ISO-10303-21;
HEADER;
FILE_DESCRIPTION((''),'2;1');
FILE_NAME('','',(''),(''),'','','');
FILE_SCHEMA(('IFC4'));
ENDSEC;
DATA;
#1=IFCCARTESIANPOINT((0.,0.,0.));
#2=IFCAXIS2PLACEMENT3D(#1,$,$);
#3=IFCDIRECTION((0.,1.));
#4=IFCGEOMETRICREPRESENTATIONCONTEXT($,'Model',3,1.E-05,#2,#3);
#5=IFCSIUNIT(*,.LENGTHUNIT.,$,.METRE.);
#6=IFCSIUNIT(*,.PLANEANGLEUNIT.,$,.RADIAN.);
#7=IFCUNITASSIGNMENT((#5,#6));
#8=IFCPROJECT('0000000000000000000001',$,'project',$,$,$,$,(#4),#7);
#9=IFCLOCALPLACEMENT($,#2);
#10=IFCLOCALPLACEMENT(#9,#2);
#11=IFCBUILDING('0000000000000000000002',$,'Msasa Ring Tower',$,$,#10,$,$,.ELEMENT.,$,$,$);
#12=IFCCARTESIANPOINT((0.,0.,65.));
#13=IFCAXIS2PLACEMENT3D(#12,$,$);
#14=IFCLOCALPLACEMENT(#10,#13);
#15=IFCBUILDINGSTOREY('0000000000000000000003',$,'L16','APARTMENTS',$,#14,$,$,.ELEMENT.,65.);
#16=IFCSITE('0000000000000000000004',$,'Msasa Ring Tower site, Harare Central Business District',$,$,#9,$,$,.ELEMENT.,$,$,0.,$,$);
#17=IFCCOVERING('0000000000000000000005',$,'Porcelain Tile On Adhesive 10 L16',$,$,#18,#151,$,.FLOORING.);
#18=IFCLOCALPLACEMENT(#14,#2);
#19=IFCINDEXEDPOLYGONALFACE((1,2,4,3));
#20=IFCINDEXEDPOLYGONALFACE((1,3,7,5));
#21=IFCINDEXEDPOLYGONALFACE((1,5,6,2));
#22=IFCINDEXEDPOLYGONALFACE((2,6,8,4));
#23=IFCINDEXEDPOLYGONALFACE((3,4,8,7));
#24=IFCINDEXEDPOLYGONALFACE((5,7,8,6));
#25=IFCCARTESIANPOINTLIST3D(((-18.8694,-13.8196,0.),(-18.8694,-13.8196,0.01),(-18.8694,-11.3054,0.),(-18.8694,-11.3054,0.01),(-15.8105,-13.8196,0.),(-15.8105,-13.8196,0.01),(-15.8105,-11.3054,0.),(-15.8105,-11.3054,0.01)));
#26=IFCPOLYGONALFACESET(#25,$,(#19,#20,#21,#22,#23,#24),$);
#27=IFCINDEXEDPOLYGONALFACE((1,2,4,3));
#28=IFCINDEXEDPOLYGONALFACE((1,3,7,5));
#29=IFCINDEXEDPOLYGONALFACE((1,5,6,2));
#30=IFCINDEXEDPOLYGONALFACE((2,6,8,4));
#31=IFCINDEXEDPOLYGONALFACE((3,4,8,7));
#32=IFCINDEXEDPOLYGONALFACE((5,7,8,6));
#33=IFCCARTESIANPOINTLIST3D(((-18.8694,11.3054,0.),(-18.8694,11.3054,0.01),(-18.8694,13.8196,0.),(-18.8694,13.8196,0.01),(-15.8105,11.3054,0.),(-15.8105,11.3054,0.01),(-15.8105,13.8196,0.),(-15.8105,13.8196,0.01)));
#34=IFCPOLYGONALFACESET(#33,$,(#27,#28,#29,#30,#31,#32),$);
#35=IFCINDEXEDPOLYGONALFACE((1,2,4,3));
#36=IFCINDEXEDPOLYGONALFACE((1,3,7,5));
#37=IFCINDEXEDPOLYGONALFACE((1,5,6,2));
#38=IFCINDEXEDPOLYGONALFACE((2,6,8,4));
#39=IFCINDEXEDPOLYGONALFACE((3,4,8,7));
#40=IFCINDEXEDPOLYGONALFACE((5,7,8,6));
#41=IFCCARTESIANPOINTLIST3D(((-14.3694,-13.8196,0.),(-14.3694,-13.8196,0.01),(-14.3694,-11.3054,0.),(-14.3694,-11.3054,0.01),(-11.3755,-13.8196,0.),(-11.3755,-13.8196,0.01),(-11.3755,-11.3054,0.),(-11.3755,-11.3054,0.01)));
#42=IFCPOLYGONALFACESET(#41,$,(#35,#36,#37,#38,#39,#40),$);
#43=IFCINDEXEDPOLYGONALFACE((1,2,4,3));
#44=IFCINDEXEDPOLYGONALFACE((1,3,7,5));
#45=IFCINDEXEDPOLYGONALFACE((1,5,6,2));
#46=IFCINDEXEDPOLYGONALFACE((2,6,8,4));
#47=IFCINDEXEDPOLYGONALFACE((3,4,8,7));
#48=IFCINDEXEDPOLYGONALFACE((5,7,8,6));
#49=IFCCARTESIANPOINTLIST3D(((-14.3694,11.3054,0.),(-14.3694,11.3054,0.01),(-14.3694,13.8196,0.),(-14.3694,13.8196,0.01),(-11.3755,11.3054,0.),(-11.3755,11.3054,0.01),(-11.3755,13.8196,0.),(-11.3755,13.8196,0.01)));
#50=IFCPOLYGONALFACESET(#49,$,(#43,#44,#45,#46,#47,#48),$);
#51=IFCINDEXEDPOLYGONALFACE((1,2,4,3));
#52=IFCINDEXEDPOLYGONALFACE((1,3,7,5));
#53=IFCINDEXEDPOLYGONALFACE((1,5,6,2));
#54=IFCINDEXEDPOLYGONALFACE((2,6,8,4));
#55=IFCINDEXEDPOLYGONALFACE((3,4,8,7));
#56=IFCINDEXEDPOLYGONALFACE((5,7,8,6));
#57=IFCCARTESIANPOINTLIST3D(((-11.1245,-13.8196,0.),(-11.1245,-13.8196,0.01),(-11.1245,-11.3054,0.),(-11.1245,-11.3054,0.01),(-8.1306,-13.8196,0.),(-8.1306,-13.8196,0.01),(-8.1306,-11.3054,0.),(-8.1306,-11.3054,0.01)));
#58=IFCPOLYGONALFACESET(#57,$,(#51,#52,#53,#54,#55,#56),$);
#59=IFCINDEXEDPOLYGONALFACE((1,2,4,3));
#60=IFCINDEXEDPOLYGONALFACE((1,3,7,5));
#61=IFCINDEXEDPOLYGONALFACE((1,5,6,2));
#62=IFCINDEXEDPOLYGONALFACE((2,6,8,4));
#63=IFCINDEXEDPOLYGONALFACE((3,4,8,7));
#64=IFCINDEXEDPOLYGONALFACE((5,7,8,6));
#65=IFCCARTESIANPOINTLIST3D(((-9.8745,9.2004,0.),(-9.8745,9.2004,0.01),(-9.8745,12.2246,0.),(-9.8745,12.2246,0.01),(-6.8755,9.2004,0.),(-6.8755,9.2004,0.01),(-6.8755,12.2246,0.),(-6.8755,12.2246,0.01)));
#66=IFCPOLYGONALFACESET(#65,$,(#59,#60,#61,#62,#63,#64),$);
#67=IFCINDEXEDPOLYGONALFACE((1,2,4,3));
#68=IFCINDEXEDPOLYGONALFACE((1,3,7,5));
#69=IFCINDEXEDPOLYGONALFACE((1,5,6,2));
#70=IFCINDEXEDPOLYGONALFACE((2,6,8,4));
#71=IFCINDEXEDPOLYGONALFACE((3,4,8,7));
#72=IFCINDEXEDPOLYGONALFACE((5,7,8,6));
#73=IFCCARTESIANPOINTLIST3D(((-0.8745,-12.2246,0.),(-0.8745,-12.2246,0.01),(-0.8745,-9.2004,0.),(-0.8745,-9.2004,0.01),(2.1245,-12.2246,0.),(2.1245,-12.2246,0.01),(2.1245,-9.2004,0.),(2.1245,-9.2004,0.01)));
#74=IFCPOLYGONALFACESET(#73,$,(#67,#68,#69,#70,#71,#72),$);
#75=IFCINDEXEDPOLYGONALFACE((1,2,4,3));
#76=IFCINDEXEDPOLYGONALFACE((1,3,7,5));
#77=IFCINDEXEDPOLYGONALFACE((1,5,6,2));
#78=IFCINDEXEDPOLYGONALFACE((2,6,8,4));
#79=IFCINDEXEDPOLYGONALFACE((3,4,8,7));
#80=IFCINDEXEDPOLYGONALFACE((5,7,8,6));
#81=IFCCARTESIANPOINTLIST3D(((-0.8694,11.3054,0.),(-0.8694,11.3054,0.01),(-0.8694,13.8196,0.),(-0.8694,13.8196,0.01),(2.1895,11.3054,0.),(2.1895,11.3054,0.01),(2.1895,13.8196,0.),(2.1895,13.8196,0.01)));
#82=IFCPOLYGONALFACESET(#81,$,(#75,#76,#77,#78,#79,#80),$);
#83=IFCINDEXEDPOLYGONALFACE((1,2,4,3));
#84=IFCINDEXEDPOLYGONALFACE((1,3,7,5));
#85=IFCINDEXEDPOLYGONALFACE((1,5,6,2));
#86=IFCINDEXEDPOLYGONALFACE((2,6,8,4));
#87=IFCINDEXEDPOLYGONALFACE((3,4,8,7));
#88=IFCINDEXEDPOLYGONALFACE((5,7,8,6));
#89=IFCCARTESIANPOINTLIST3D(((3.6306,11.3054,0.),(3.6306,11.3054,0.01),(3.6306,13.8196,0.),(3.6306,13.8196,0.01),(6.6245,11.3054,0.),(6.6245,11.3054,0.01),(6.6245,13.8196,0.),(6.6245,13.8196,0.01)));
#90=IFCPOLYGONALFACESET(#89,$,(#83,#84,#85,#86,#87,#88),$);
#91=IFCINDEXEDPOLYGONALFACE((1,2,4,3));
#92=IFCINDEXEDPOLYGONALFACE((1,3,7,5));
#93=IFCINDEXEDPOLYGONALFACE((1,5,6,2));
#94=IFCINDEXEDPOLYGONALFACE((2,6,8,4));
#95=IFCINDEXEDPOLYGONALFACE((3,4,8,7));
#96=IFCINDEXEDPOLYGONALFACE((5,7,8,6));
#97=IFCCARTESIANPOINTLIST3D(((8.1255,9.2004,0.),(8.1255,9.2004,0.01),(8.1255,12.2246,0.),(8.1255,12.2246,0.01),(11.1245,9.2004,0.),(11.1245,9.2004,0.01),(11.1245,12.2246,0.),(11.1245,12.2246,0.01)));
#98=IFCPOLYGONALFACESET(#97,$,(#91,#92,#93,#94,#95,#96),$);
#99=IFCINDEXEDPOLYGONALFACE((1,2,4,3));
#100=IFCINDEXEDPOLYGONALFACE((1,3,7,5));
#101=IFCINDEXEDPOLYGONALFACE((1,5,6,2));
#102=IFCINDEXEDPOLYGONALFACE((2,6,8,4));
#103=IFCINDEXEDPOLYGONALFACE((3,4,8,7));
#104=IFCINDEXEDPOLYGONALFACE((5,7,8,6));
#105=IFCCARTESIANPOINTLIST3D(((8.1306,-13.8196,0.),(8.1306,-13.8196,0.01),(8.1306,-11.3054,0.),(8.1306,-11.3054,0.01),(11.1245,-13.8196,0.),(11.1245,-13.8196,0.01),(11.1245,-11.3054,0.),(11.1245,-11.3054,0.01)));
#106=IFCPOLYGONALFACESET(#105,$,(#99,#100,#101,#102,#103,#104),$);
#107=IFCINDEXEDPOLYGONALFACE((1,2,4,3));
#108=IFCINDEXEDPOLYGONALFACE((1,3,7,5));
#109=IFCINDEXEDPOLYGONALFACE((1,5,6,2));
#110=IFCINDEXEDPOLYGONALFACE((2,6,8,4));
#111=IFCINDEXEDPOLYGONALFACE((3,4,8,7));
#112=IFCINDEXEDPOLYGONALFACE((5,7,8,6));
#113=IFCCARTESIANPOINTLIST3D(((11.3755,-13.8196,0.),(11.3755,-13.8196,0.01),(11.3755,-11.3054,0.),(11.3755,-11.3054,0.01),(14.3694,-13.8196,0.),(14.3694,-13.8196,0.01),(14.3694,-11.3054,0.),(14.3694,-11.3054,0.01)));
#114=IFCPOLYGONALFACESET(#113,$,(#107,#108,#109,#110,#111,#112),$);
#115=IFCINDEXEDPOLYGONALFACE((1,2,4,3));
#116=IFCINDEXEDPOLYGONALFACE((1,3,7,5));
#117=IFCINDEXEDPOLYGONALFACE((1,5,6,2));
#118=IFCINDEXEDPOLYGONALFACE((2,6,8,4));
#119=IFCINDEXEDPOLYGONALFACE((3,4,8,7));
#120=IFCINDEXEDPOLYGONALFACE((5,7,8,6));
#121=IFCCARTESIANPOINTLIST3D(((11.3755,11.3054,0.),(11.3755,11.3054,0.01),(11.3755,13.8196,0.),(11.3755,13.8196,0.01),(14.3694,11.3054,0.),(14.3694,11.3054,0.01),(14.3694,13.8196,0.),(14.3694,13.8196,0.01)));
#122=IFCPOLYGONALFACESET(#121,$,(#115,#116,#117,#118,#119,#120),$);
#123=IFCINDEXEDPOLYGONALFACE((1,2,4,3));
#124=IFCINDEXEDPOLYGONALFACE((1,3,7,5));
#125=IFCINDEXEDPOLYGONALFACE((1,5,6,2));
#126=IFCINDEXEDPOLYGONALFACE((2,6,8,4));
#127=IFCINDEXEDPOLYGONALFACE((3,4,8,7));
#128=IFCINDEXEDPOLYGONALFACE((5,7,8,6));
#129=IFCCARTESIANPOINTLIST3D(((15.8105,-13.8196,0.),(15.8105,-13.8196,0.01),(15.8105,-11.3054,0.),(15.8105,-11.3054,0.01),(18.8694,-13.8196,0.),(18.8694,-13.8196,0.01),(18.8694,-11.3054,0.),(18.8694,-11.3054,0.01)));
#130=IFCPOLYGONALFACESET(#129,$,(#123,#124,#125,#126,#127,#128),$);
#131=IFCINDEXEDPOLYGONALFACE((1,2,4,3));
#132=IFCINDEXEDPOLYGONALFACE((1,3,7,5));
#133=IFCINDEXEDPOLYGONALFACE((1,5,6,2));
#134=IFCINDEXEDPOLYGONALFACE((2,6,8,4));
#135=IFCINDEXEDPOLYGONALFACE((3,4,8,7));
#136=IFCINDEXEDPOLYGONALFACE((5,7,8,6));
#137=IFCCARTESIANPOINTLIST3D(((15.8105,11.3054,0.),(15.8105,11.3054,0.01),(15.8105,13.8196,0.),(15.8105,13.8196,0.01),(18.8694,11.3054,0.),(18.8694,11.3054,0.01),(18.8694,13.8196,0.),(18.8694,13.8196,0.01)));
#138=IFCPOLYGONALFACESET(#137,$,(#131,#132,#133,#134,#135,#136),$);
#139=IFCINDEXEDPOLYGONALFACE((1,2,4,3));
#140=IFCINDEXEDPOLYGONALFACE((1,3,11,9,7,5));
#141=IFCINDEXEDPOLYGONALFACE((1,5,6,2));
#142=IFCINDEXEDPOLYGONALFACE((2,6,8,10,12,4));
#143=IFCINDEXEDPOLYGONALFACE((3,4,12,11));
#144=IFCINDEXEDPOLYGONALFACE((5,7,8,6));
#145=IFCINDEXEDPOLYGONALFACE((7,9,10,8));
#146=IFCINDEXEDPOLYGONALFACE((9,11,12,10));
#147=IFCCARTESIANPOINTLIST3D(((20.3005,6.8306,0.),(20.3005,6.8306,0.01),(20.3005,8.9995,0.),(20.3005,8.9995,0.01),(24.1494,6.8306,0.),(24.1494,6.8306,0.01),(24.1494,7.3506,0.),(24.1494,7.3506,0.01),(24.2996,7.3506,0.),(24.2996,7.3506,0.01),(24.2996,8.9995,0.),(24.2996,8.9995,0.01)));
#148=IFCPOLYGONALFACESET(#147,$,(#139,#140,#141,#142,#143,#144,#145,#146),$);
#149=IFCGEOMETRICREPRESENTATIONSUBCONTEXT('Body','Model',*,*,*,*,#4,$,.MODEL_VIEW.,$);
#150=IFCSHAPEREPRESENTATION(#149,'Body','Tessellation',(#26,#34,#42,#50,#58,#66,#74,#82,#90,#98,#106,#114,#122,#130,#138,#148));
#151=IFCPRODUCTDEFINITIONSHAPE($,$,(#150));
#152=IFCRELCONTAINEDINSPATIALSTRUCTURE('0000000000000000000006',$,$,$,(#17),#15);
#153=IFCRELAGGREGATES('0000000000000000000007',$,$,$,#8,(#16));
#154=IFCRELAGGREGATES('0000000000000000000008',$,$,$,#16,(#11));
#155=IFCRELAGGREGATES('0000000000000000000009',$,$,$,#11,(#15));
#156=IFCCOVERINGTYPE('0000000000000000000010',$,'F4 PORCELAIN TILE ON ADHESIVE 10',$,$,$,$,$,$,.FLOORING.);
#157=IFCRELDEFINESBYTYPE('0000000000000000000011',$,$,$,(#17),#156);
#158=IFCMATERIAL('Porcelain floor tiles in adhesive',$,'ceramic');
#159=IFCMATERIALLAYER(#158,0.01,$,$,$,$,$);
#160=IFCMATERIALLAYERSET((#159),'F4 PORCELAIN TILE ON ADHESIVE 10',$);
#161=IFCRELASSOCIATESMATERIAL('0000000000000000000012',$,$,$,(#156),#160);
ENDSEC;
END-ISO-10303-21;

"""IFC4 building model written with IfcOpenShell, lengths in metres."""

from ifc_helpers import new_model, si_unit, direction, frame, origin, place, context, subcontext, project, spatial, line, indexed_curve, outline, extrude, material, layer, layer_set, type_object, element, save


model = new_model("IFC4")

# Units and contexts
model_context = context("Model", 3, precision=1e-05, world=origin(), true_north=direction((0.0, 1.0)))
body_context = subcontext(model_context, "Body", "Model", "MODEL_VIEW")
ifc_project = project(units=[si_unit("LENGTHUNIT", "METRE"), si_unit("PLANEANGLEUNIT", "RADIAN")], contexts=[model_context])

# Site, building, storey
site_placement = place(None, origin())
site = spatial("IfcSite", under=ifc_project, at=site_placement, Name="Msasa Ring Tower site, Harare Central Business District", CompositionType="ELEMENT", RefElevation=0.0)
building_placement = place(site_placement, origin())
building = spatial("IfcBuilding", under=site, at=building_placement, Name="Msasa Ring Tower", CompositionType="ELEMENT")
storey_placement = place(building_placement, frame((0.0, 0.0, 65.0)))
storey = spatial("IfcBuildingStorey", under=building, at=storey_placement, Name="L16", Description="APARTMENTS", CompositionType="ELEMENT", Elevation=65.0)

# Covering
ifc_material_1 = material(Name="Porcelain floor tiles in adhesive", Category="ceramic")
ifc_layer_1 = layer(ifc_material_1, 0.01)
ifc_layer_set_1 = layer_set([ifc_layer_1], Name="F4 PORCELAIN TILE ON ADHESIVE 10")
covering_type_1 = type_object("IfcCoveringType", Name="F4 PORCELAIN TILE ON ADHESIVE 10", PredefinedType="FLOORING", material=ifc_layer_set_1)
covering_1_placement = place(storey_placement, origin())
element("IfcCovering", 1, at=covering_1_placement, inside=storey, type_object=covering_type_1, Name="Porcelain Tile On Adhesive 10 L16", PredefinedType="FLOORING", context=body_context, shape_type="SweptSolid", body=[
    extrude(outline(indexed_curve([(-15.8105, -11.3054), (-15.8105, -13.8196), (-18.8694, -13.8196), (-18.8694, -11.3054)], segments=[line(1, 2, 3, 4, 1)], self_intersect=False)), origin(), (0.0, 0.0, 1.0), 0.01),
    extrude(outline(indexed_curve([(-15.8105, 13.8196), (-15.8105, 11.3054), (-18.8694, 11.3054), (-18.8694, 13.8196)], segments=[line(1, 2, 3, 4, 1)], self_intersect=False)), origin(), (0.0, 0.0, 1.0), 0.01),
    extrude(outline(indexed_curve([(-11.3755, -11.3054), (-11.3755, -13.8196), (-14.3694, -13.8196), (-14.3694, -11.3054)], segments=[line(1, 2, 3, 4, 1)], self_intersect=False)), origin(), (0.0, 0.0, 1.0), 0.01),
    extrude(outline(indexed_curve([(-11.3755, 13.8196), (-11.3755, 11.3054), (-14.3694, 11.3054), (-14.3694, 13.8196)], segments=[line(1, 2, 3, 4, 1)], self_intersect=False)), origin(), (0.0, 0.0, 1.0), 0.01),
    extrude(outline(indexed_curve([(-8.1306, -11.3054), (-8.1306, -13.8196), (-11.1245, -13.8196), (-11.1245, -11.3054)], segments=[line(1, 2, 3, 4, 1)], self_intersect=False)), origin(), (0.0, 0.0, 1.0), 0.01),
    extrude(outline(indexed_curve([(-9.8745, 9.2004), (-9.8745, 12.2246), (-6.8755, 12.2246), (-6.8755, 9.2004)], segments=[line(1, 2, 3, 4, 1)], self_intersect=False)), origin(), (0.0, 0.0, 1.0), 0.01),
    extrude(outline(indexed_curve([(2.1245, -9.2004), (2.1245, -12.2246), (-0.8745, -12.2246), (-0.8745, -9.2004)], segments=[line(1, 2, 3, 4, 1)], self_intersect=False)), origin(), (0.0, 0.0, 1.0), 0.01),
    extrude(outline(indexed_curve([(2.1895, 13.8196), (2.1895, 11.3054), (-0.8694, 11.3054), (-0.8694, 13.8196)], segments=[line(1, 2, 3, 4, 1)], self_intersect=False)), origin(), (0.0, 0.0, 1.0), 0.01),
    extrude(outline(indexed_curve([(6.6245, 13.8196), (6.6245, 11.3054), (3.6306, 11.3054), (3.6306, 13.8196)], segments=[line(1, 2, 3, 4, 1)], self_intersect=False)), origin(), (0.0, 0.0, 1.0), 0.01),
    extrude(outline(indexed_curve([(8.1255, 9.2004), (8.1255, 12.2246), (11.1245, 12.2246), (11.1245, 9.2004)], segments=[line(1, 2, 3, 4, 1)], self_intersect=False)), origin(), (0.0, 0.0, 1.0), 0.01),
    extrude(outline(indexed_curve([(11.1245, -11.3054), (11.1245, -13.8196), (8.1306, -13.8196), (8.1306, -11.3054)], segments=[line(1, 2, 3, 4, 1)], self_intersect=False)), origin(), (0.0, 0.0, 1.0), 0.01),
    extrude(outline(indexed_curve([(14.3694, -11.3054), (14.3694, -13.8196), (11.3755, -13.8196), (11.3755, -11.3054)], segments=[line(1, 2, 3, 4, 1)], self_intersect=False)), origin(), (0.0, 0.0, 1.0), 0.01),
    extrude(outline(indexed_curve([(14.3694, 13.8196), (14.3694, 11.3054), (11.3755, 11.3054), (11.3755, 13.8196)], segments=[line(1, 2, 3, 4, 1)], self_intersect=False)), origin(), (0.0, 0.0, 1.0), 0.01),
    extrude(outline(indexed_curve([(18.8694, -11.3054), (18.8694, -13.8196), (15.8105, -13.8196), (15.8105, -11.3054)], segments=[line(1, 2, 3, 4, 1)], self_intersect=False)), origin(), (0.0, 0.0, 1.0), 0.01),
    extrude(outline(indexed_curve([(18.8694, 13.8196), (18.8694, 11.3054), (15.8105, 11.3054), (15.8105, 13.8196)], segments=[line(1, 2, 3, 4, 1)], self_intersect=False)), origin(), (0.0, 0.0, 1.0), 0.01),
    extrude(outline(indexed_curve([(20.3005, 8.9995), (24.2996, 8.9995), (24.2996, 7.3506), (24.1494, 7.3506), (24.1494, 6.8306), (20.3005, 6.8306)], segments=[line(1, 2, 3, 4, 5, 6, 1)], self_intersect=False)), origin(), (0.0, 0.0, 1.0), 0.01),
])

save(model, "model.ifc")
